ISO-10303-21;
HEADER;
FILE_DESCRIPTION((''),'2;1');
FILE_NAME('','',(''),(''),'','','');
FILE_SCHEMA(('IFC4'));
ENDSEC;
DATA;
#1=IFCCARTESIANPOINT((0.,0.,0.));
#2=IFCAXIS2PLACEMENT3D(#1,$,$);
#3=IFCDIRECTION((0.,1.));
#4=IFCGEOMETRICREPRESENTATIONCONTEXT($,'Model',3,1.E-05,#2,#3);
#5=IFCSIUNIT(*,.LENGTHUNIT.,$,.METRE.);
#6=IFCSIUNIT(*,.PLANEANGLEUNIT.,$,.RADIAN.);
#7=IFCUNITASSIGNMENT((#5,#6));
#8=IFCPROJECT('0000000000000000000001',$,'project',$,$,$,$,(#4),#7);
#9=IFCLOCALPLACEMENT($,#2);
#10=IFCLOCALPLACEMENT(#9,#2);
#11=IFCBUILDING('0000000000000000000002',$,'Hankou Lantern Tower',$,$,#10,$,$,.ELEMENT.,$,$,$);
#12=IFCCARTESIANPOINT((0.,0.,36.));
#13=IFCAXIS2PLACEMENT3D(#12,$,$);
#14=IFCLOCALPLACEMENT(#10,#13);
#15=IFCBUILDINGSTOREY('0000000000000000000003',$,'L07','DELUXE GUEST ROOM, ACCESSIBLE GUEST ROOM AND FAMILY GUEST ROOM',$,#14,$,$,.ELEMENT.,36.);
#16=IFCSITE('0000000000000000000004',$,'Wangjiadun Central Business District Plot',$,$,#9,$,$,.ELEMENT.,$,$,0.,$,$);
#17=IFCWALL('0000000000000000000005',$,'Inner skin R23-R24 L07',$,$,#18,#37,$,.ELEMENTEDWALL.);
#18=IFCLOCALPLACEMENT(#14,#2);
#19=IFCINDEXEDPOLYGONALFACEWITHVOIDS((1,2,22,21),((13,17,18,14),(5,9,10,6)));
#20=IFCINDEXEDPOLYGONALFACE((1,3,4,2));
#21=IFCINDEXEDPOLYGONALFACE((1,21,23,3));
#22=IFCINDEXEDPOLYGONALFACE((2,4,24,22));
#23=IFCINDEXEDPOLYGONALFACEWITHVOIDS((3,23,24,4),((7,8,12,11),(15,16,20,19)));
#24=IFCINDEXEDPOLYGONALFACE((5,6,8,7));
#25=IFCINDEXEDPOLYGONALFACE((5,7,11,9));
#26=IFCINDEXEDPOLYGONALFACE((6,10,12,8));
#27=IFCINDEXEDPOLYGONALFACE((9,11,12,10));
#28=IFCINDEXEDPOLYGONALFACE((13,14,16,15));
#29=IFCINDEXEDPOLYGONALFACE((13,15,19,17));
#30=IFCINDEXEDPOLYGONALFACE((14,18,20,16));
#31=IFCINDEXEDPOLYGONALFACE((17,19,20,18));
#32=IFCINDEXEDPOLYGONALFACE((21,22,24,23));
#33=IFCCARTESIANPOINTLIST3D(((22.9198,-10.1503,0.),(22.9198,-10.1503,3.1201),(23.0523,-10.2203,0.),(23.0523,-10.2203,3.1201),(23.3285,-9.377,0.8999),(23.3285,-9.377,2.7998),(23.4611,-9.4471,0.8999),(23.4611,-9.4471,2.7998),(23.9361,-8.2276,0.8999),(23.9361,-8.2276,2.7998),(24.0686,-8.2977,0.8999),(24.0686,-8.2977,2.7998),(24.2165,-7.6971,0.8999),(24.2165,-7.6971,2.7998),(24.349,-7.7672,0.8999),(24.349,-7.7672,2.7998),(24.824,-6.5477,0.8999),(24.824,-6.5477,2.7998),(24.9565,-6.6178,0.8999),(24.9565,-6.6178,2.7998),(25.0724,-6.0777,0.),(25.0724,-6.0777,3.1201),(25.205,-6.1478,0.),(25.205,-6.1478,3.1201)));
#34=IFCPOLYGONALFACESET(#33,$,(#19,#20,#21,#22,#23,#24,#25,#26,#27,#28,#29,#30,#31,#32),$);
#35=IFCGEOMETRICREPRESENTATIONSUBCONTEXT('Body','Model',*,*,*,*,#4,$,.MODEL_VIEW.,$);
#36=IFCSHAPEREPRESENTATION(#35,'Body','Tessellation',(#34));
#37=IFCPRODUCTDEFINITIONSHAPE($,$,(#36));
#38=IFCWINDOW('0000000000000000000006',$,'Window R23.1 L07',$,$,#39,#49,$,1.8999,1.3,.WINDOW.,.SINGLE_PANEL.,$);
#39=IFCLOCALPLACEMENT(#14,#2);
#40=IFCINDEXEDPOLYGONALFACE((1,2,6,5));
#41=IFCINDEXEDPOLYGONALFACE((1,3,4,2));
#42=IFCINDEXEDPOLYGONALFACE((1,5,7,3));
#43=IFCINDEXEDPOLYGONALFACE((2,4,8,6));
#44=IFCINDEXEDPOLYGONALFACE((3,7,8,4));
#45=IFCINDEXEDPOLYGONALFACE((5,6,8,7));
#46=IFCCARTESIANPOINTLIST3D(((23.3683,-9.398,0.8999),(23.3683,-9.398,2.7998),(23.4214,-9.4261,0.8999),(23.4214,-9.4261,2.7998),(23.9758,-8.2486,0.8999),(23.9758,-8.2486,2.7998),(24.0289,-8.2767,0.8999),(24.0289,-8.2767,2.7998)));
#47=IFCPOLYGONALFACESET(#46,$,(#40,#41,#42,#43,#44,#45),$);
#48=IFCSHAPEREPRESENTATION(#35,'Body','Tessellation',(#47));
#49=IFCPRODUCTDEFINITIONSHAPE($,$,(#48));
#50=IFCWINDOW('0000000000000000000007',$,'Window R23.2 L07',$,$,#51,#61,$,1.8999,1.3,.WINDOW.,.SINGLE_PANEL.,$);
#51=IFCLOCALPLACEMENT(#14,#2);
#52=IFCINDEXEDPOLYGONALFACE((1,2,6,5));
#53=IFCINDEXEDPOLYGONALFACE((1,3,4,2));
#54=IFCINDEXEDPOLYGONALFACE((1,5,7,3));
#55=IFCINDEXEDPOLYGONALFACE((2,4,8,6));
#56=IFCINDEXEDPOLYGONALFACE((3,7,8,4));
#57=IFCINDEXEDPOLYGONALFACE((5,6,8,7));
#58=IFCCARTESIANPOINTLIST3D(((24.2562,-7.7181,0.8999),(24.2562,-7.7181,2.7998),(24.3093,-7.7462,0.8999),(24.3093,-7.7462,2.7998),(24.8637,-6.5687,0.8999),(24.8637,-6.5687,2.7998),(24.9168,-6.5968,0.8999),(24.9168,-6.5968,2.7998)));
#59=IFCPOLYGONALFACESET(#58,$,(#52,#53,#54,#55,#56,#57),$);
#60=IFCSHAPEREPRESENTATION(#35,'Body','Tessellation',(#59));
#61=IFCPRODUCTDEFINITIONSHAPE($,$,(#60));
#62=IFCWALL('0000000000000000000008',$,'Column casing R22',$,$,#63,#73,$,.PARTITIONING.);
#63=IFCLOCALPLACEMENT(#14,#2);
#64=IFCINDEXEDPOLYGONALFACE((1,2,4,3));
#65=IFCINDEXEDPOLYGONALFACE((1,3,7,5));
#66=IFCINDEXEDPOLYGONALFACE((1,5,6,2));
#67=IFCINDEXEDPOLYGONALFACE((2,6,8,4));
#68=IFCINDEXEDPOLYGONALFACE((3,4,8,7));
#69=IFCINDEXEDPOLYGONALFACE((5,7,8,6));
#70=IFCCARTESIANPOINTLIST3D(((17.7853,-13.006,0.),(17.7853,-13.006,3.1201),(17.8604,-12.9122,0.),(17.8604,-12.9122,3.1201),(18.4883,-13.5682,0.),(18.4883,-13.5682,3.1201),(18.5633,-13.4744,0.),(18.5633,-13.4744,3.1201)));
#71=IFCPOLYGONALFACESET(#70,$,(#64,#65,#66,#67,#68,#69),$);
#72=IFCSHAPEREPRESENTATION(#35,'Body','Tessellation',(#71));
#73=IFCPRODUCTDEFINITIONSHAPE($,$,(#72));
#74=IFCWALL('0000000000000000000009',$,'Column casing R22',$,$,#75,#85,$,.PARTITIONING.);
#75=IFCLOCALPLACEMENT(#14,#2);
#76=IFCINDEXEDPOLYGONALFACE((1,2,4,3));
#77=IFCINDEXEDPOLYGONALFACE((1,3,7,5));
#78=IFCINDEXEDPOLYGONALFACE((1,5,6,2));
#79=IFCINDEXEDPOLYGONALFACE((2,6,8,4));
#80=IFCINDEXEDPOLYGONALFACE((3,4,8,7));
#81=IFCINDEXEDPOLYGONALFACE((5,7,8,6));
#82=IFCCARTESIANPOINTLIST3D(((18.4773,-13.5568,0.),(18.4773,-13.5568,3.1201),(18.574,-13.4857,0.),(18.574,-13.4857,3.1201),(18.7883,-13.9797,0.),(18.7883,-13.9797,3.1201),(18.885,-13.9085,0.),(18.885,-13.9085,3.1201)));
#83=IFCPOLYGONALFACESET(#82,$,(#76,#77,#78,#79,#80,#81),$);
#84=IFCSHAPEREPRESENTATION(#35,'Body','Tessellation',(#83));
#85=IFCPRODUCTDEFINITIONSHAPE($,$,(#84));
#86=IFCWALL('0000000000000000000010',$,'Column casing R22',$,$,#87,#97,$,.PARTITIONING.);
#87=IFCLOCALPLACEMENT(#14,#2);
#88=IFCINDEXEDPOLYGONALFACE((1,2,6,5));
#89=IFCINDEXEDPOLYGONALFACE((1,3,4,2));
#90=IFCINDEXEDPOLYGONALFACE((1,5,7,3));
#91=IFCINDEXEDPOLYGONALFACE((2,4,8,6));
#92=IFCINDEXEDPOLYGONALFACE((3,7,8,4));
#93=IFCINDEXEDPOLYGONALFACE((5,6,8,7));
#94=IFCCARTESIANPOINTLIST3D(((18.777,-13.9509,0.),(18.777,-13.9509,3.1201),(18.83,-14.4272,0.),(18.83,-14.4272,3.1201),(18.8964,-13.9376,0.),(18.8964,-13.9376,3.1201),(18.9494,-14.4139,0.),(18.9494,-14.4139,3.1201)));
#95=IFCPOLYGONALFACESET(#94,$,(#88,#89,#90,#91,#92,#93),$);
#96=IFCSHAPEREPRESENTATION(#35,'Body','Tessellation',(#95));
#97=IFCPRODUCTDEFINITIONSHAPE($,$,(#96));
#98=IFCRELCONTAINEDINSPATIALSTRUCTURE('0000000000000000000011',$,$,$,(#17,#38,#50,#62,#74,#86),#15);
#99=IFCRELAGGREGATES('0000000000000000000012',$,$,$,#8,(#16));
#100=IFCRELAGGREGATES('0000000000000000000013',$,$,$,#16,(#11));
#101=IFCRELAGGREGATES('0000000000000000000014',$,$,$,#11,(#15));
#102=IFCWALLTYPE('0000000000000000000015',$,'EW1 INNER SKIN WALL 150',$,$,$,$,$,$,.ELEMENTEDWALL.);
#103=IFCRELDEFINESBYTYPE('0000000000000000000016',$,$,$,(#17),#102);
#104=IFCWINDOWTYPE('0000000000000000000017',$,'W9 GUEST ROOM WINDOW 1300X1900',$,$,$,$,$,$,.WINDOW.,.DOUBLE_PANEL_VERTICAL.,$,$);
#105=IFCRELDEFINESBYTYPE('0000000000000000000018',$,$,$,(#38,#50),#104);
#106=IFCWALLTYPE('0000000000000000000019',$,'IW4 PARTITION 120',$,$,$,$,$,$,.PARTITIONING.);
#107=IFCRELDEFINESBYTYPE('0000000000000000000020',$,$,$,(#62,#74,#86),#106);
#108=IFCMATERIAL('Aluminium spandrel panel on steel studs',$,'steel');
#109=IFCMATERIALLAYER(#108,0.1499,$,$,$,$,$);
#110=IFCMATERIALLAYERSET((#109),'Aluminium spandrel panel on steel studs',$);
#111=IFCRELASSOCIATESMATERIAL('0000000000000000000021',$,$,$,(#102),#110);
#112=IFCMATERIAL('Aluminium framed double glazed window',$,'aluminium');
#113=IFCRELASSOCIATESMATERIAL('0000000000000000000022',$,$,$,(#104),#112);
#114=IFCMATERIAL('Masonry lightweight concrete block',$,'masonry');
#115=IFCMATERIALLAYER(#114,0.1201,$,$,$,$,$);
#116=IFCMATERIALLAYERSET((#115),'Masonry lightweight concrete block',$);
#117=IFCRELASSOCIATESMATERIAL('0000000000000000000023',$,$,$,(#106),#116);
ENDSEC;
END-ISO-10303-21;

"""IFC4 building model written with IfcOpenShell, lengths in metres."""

from ifc_helpers import new_model, si_unit, direction, frame, frame_2d, origin, place, context, subcontext, project, spatial, rectangle, extrude, material, layer, layer_set, type_object, element, fill, save


model = new_model("IFC4")

# Units and contexts
model_context = context("Model", 3, precision=1e-05, world=origin(), true_north=direction((0.0, 1.0)))
body_context = subcontext(model_context, "Body", "Model", "MODEL_VIEW")
ifc_project = project(units=[si_unit("LENGTHUNIT", "METRE"), si_unit("PLANEANGLEUNIT", "RADIAN")], contexts=[model_context])

# Site, building, storey
site_placement = place(None, origin())
site = spatial("IfcSite", under=ifc_project, at=site_placement, Name="Wangjiadun Central Business District Plot", CompositionType="ELEMENT", RefElevation=0.0)
building_placement = place(site_placement, origin())
building = spatial("IfcBuilding", under=site, at=building_placement, Name="Hankou Lantern Tower", CompositionType="ELEMENT")
storey_placement = place(building_placement, frame((0.0, 0.0, 36.0)))
storey = spatial("IfcBuildingStorey", under=building, at=storey_placement, Name="L07", Description="DELUXE GUEST ROOM, ACCESSIBLE GUEST ROOM AND FAMILY GUEST ROOM", CompositionType="ELEMENT", Elevation=36.0)

# Wall, openings, windows
ifc_material_1 = material(Name="Aluminium spandrel panel on steel studs", Category="steel")
ifc_layer_1 = layer(ifc_material_1, 0.1499)
ifc_layer_set_1 = layer_set([ifc_layer_1], Name="Aluminium spandrel panel on steel studs")
wall_type_1 = type_object("IfcWallType", Name="EW1 INNER SKIN WALL 150", PredefinedType="ELEMENTEDWALL", material=ifc_layer_set_1)
ifc_material_2 = material(Name="Aluminium framed double glazed window", Category="aluminium")
window_type = type_object("IfcWindowType", Name="W9 GUEST ROOM WINDOW 1300X1900", PartitioningType="DOUBLE_PANEL_VERTICAL", PredefinedType="WINDOW", material=ifc_material_2)
wall_1_placement = place(storey_placement, frame((22.9861, -10.1853, 0.0), z_axis=(0.0, 0.0, 1.0), x_axis=(0.467303, 0.884097, 0.0)))
wall_1 = element("IfcWall", 1, at=wall_1_placement, inside=storey, type_object=wall_type_1, Name="Inner skin R23-R24 L07", PredefinedType="ELEMENTEDWALL", context=body_context, shape_type="SweptSolid", body=[
    extrude(rectangle(XDim=4.6064, YDim=0.1499, at=frame_2d((2.3032, 0.0))), origin(), (0.0, 0.0, 1.0), 3.1201),
])
opening_1_placement = place(wall_1_placement, frame((0.8748, 0.0, 0.8999)))
opening_1 = element("IfcOpeningElement", 2, at=opening_1_placement, cuts=wall_1, PredefinedType="OPENING", context=body_context, shape_type="SweptSolid", body=[
    extrude(rectangle(XDim=1.3, YDim=1.8999, at=frame_2d((0.6499, 0.95))), frame((0.0, 0.085, 0.0), z_axis=(0.0, -1.0, 0.0), x_axis=(1.0, 0.0, 0.0)), (0.0, 0.0, 1.0), 0.1699),
])
opening_2_placement = place(wall_1_placement, frame((2.7749, 0.0, 0.8999)))
opening_2 = element("IfcOpeningElement", 3, at=opening_2_placement, cuts=wall_1, PredefinedType="OPENING", context=body_context, shape_type="SweptSolid", body=[
    extrude(rectangle(XDim=1.3, YDim=1.8999, at=frame_2d((0.6499, 0.95))), frame((0.0, 0.085, 0.0), z_axis=(0.0, -1.0, 0.0), x_axis=(1.0, 0.0, 0.0)), (0.0, 0.0, 1.0), 0.1699),
])
window_1_placement = place(opening_1_placement, origin())
window_1 = element("IfcWindow", 4, at=window_1_placement, inside=storey, type_object=window_type, Name="Window R23.1 L07", OverallHeight=1.8999, OverallWidth=1.3, PartitioningType="SINGLE_PANEL", PredefinedType="WINDOW", context=body_context, shape_type="SweptSolid", body=[
    extrude(rectangle(XDim=1.3, YDim=1.8999, at=frame_2d((0.6499, 0.95))), frame((0.0, 0.03, 0.0), z_axis=(0.0, -1.0, 0.0), x_axis=(1.0, 0.0, 0.0)), (0.0, 0.0, 1.0), 0.0601),
])
fill(opening_1, window_1)
window_2_placement = place(opening_2_placement, origin())
window_2 = element("IfcWindow", 5, at=window_2_placement, inside=storey, type_object=window_type, Name="Window R23.2 L07", OverallHeight=1.8999, OverallWidth=1.3, PartitioningType="SINGLE_PANEL", PredefinedType="WINDOW", context=body_context, shape_type="SweptSolid", body=[
    extrude(rectangle(XDim=1.3, YDim=1.8999, at=frame_2d((0.6499, 0.95))), frame((0.0, 0.03, 0.0), z_axis=(0.0, -1.0, 0.0), x_axis=(1.0, 0.0, 0.0)), (0.0, 0.0, 1.0), 0.0601),
])
fill(opening_2, window_2)

# Walls
ifc_material_3 = material(Name="Masonry lightweight concrete block", Category="masonry")
ifc_layer_2 = layer(ifc_material_3, 0.1201)
ifc_layer_set_2 = layer_set([ifc_layer_2], Name="Masonry lightweight concrete block")
wall_type_2 = type_object("IfcWallType", Name="IW4 PARTITION 120", PredefinedType="PARTITIONING", material=ifc_layer_set_2)
wall_2_placement = place(storey_placement, frame((17.8228, -12.959, 0.0), z_axis=(0.0, 0.0, 1.0), x_axis=(0.780895, -0.624662, 0.0)))
element("IfcWall", 6, at=wall_2_placement, inside=storey, type_object=wall_type_2, Name="Column casing R22", PredefinedType="PARTITIONING", context=body_context, shape_type="SweptSolid", body=[
    extrude(rectangle(XDim=0.9001, YDim=0.1201, at=frame_2d((0.4502, 0.0))), origin(), (0.0, 0.0, 1.0), 3.1201),
])
wall_3_placement = place(storey_placement, frame((18.5256, -13.5212, 0.0), z_axis=(0.0, 0.0, 1.0), x_axis=(0.592533, -0.805547, 0.0)))
element("IfcWall", 7, at=wall_3_placement, inside=storey, type_object=wall_type_2, Name="Column casing R22", PredefinedType="PARTITIONING", context=body_context, shape_type="SweptSolid", body=[
    extrude(rectangle(XDim=0.5249, YDim=0.1201, at=frame_2d((0.2625, 0.0))), origin(), (0.0, 0.0, 1.0), 3.1201),
])
wall_4_placement = place(storey_placement, frame((18.8367, -13.9441, 0.0), z_axis=(0.0, 0.0, 1.0), x_axis=(0.110543, -0.993871, 0.0)))
element("IfcWall", 8, at=wall_4_placement, inside=storey, type_object=wall_type_2, Name="Column casing R22", PredefinedType="PARTITIONING", context=body_context, shape_type="SweptSolid", body=[
    extrude(rectangle(XDim=0.4792, YDim=0.1201, at=frame_2d((0.2397, 0.0))), origin(), (0.0, 0.0, 1.0), 3.1201),
])

save(model, "model.ifc")
